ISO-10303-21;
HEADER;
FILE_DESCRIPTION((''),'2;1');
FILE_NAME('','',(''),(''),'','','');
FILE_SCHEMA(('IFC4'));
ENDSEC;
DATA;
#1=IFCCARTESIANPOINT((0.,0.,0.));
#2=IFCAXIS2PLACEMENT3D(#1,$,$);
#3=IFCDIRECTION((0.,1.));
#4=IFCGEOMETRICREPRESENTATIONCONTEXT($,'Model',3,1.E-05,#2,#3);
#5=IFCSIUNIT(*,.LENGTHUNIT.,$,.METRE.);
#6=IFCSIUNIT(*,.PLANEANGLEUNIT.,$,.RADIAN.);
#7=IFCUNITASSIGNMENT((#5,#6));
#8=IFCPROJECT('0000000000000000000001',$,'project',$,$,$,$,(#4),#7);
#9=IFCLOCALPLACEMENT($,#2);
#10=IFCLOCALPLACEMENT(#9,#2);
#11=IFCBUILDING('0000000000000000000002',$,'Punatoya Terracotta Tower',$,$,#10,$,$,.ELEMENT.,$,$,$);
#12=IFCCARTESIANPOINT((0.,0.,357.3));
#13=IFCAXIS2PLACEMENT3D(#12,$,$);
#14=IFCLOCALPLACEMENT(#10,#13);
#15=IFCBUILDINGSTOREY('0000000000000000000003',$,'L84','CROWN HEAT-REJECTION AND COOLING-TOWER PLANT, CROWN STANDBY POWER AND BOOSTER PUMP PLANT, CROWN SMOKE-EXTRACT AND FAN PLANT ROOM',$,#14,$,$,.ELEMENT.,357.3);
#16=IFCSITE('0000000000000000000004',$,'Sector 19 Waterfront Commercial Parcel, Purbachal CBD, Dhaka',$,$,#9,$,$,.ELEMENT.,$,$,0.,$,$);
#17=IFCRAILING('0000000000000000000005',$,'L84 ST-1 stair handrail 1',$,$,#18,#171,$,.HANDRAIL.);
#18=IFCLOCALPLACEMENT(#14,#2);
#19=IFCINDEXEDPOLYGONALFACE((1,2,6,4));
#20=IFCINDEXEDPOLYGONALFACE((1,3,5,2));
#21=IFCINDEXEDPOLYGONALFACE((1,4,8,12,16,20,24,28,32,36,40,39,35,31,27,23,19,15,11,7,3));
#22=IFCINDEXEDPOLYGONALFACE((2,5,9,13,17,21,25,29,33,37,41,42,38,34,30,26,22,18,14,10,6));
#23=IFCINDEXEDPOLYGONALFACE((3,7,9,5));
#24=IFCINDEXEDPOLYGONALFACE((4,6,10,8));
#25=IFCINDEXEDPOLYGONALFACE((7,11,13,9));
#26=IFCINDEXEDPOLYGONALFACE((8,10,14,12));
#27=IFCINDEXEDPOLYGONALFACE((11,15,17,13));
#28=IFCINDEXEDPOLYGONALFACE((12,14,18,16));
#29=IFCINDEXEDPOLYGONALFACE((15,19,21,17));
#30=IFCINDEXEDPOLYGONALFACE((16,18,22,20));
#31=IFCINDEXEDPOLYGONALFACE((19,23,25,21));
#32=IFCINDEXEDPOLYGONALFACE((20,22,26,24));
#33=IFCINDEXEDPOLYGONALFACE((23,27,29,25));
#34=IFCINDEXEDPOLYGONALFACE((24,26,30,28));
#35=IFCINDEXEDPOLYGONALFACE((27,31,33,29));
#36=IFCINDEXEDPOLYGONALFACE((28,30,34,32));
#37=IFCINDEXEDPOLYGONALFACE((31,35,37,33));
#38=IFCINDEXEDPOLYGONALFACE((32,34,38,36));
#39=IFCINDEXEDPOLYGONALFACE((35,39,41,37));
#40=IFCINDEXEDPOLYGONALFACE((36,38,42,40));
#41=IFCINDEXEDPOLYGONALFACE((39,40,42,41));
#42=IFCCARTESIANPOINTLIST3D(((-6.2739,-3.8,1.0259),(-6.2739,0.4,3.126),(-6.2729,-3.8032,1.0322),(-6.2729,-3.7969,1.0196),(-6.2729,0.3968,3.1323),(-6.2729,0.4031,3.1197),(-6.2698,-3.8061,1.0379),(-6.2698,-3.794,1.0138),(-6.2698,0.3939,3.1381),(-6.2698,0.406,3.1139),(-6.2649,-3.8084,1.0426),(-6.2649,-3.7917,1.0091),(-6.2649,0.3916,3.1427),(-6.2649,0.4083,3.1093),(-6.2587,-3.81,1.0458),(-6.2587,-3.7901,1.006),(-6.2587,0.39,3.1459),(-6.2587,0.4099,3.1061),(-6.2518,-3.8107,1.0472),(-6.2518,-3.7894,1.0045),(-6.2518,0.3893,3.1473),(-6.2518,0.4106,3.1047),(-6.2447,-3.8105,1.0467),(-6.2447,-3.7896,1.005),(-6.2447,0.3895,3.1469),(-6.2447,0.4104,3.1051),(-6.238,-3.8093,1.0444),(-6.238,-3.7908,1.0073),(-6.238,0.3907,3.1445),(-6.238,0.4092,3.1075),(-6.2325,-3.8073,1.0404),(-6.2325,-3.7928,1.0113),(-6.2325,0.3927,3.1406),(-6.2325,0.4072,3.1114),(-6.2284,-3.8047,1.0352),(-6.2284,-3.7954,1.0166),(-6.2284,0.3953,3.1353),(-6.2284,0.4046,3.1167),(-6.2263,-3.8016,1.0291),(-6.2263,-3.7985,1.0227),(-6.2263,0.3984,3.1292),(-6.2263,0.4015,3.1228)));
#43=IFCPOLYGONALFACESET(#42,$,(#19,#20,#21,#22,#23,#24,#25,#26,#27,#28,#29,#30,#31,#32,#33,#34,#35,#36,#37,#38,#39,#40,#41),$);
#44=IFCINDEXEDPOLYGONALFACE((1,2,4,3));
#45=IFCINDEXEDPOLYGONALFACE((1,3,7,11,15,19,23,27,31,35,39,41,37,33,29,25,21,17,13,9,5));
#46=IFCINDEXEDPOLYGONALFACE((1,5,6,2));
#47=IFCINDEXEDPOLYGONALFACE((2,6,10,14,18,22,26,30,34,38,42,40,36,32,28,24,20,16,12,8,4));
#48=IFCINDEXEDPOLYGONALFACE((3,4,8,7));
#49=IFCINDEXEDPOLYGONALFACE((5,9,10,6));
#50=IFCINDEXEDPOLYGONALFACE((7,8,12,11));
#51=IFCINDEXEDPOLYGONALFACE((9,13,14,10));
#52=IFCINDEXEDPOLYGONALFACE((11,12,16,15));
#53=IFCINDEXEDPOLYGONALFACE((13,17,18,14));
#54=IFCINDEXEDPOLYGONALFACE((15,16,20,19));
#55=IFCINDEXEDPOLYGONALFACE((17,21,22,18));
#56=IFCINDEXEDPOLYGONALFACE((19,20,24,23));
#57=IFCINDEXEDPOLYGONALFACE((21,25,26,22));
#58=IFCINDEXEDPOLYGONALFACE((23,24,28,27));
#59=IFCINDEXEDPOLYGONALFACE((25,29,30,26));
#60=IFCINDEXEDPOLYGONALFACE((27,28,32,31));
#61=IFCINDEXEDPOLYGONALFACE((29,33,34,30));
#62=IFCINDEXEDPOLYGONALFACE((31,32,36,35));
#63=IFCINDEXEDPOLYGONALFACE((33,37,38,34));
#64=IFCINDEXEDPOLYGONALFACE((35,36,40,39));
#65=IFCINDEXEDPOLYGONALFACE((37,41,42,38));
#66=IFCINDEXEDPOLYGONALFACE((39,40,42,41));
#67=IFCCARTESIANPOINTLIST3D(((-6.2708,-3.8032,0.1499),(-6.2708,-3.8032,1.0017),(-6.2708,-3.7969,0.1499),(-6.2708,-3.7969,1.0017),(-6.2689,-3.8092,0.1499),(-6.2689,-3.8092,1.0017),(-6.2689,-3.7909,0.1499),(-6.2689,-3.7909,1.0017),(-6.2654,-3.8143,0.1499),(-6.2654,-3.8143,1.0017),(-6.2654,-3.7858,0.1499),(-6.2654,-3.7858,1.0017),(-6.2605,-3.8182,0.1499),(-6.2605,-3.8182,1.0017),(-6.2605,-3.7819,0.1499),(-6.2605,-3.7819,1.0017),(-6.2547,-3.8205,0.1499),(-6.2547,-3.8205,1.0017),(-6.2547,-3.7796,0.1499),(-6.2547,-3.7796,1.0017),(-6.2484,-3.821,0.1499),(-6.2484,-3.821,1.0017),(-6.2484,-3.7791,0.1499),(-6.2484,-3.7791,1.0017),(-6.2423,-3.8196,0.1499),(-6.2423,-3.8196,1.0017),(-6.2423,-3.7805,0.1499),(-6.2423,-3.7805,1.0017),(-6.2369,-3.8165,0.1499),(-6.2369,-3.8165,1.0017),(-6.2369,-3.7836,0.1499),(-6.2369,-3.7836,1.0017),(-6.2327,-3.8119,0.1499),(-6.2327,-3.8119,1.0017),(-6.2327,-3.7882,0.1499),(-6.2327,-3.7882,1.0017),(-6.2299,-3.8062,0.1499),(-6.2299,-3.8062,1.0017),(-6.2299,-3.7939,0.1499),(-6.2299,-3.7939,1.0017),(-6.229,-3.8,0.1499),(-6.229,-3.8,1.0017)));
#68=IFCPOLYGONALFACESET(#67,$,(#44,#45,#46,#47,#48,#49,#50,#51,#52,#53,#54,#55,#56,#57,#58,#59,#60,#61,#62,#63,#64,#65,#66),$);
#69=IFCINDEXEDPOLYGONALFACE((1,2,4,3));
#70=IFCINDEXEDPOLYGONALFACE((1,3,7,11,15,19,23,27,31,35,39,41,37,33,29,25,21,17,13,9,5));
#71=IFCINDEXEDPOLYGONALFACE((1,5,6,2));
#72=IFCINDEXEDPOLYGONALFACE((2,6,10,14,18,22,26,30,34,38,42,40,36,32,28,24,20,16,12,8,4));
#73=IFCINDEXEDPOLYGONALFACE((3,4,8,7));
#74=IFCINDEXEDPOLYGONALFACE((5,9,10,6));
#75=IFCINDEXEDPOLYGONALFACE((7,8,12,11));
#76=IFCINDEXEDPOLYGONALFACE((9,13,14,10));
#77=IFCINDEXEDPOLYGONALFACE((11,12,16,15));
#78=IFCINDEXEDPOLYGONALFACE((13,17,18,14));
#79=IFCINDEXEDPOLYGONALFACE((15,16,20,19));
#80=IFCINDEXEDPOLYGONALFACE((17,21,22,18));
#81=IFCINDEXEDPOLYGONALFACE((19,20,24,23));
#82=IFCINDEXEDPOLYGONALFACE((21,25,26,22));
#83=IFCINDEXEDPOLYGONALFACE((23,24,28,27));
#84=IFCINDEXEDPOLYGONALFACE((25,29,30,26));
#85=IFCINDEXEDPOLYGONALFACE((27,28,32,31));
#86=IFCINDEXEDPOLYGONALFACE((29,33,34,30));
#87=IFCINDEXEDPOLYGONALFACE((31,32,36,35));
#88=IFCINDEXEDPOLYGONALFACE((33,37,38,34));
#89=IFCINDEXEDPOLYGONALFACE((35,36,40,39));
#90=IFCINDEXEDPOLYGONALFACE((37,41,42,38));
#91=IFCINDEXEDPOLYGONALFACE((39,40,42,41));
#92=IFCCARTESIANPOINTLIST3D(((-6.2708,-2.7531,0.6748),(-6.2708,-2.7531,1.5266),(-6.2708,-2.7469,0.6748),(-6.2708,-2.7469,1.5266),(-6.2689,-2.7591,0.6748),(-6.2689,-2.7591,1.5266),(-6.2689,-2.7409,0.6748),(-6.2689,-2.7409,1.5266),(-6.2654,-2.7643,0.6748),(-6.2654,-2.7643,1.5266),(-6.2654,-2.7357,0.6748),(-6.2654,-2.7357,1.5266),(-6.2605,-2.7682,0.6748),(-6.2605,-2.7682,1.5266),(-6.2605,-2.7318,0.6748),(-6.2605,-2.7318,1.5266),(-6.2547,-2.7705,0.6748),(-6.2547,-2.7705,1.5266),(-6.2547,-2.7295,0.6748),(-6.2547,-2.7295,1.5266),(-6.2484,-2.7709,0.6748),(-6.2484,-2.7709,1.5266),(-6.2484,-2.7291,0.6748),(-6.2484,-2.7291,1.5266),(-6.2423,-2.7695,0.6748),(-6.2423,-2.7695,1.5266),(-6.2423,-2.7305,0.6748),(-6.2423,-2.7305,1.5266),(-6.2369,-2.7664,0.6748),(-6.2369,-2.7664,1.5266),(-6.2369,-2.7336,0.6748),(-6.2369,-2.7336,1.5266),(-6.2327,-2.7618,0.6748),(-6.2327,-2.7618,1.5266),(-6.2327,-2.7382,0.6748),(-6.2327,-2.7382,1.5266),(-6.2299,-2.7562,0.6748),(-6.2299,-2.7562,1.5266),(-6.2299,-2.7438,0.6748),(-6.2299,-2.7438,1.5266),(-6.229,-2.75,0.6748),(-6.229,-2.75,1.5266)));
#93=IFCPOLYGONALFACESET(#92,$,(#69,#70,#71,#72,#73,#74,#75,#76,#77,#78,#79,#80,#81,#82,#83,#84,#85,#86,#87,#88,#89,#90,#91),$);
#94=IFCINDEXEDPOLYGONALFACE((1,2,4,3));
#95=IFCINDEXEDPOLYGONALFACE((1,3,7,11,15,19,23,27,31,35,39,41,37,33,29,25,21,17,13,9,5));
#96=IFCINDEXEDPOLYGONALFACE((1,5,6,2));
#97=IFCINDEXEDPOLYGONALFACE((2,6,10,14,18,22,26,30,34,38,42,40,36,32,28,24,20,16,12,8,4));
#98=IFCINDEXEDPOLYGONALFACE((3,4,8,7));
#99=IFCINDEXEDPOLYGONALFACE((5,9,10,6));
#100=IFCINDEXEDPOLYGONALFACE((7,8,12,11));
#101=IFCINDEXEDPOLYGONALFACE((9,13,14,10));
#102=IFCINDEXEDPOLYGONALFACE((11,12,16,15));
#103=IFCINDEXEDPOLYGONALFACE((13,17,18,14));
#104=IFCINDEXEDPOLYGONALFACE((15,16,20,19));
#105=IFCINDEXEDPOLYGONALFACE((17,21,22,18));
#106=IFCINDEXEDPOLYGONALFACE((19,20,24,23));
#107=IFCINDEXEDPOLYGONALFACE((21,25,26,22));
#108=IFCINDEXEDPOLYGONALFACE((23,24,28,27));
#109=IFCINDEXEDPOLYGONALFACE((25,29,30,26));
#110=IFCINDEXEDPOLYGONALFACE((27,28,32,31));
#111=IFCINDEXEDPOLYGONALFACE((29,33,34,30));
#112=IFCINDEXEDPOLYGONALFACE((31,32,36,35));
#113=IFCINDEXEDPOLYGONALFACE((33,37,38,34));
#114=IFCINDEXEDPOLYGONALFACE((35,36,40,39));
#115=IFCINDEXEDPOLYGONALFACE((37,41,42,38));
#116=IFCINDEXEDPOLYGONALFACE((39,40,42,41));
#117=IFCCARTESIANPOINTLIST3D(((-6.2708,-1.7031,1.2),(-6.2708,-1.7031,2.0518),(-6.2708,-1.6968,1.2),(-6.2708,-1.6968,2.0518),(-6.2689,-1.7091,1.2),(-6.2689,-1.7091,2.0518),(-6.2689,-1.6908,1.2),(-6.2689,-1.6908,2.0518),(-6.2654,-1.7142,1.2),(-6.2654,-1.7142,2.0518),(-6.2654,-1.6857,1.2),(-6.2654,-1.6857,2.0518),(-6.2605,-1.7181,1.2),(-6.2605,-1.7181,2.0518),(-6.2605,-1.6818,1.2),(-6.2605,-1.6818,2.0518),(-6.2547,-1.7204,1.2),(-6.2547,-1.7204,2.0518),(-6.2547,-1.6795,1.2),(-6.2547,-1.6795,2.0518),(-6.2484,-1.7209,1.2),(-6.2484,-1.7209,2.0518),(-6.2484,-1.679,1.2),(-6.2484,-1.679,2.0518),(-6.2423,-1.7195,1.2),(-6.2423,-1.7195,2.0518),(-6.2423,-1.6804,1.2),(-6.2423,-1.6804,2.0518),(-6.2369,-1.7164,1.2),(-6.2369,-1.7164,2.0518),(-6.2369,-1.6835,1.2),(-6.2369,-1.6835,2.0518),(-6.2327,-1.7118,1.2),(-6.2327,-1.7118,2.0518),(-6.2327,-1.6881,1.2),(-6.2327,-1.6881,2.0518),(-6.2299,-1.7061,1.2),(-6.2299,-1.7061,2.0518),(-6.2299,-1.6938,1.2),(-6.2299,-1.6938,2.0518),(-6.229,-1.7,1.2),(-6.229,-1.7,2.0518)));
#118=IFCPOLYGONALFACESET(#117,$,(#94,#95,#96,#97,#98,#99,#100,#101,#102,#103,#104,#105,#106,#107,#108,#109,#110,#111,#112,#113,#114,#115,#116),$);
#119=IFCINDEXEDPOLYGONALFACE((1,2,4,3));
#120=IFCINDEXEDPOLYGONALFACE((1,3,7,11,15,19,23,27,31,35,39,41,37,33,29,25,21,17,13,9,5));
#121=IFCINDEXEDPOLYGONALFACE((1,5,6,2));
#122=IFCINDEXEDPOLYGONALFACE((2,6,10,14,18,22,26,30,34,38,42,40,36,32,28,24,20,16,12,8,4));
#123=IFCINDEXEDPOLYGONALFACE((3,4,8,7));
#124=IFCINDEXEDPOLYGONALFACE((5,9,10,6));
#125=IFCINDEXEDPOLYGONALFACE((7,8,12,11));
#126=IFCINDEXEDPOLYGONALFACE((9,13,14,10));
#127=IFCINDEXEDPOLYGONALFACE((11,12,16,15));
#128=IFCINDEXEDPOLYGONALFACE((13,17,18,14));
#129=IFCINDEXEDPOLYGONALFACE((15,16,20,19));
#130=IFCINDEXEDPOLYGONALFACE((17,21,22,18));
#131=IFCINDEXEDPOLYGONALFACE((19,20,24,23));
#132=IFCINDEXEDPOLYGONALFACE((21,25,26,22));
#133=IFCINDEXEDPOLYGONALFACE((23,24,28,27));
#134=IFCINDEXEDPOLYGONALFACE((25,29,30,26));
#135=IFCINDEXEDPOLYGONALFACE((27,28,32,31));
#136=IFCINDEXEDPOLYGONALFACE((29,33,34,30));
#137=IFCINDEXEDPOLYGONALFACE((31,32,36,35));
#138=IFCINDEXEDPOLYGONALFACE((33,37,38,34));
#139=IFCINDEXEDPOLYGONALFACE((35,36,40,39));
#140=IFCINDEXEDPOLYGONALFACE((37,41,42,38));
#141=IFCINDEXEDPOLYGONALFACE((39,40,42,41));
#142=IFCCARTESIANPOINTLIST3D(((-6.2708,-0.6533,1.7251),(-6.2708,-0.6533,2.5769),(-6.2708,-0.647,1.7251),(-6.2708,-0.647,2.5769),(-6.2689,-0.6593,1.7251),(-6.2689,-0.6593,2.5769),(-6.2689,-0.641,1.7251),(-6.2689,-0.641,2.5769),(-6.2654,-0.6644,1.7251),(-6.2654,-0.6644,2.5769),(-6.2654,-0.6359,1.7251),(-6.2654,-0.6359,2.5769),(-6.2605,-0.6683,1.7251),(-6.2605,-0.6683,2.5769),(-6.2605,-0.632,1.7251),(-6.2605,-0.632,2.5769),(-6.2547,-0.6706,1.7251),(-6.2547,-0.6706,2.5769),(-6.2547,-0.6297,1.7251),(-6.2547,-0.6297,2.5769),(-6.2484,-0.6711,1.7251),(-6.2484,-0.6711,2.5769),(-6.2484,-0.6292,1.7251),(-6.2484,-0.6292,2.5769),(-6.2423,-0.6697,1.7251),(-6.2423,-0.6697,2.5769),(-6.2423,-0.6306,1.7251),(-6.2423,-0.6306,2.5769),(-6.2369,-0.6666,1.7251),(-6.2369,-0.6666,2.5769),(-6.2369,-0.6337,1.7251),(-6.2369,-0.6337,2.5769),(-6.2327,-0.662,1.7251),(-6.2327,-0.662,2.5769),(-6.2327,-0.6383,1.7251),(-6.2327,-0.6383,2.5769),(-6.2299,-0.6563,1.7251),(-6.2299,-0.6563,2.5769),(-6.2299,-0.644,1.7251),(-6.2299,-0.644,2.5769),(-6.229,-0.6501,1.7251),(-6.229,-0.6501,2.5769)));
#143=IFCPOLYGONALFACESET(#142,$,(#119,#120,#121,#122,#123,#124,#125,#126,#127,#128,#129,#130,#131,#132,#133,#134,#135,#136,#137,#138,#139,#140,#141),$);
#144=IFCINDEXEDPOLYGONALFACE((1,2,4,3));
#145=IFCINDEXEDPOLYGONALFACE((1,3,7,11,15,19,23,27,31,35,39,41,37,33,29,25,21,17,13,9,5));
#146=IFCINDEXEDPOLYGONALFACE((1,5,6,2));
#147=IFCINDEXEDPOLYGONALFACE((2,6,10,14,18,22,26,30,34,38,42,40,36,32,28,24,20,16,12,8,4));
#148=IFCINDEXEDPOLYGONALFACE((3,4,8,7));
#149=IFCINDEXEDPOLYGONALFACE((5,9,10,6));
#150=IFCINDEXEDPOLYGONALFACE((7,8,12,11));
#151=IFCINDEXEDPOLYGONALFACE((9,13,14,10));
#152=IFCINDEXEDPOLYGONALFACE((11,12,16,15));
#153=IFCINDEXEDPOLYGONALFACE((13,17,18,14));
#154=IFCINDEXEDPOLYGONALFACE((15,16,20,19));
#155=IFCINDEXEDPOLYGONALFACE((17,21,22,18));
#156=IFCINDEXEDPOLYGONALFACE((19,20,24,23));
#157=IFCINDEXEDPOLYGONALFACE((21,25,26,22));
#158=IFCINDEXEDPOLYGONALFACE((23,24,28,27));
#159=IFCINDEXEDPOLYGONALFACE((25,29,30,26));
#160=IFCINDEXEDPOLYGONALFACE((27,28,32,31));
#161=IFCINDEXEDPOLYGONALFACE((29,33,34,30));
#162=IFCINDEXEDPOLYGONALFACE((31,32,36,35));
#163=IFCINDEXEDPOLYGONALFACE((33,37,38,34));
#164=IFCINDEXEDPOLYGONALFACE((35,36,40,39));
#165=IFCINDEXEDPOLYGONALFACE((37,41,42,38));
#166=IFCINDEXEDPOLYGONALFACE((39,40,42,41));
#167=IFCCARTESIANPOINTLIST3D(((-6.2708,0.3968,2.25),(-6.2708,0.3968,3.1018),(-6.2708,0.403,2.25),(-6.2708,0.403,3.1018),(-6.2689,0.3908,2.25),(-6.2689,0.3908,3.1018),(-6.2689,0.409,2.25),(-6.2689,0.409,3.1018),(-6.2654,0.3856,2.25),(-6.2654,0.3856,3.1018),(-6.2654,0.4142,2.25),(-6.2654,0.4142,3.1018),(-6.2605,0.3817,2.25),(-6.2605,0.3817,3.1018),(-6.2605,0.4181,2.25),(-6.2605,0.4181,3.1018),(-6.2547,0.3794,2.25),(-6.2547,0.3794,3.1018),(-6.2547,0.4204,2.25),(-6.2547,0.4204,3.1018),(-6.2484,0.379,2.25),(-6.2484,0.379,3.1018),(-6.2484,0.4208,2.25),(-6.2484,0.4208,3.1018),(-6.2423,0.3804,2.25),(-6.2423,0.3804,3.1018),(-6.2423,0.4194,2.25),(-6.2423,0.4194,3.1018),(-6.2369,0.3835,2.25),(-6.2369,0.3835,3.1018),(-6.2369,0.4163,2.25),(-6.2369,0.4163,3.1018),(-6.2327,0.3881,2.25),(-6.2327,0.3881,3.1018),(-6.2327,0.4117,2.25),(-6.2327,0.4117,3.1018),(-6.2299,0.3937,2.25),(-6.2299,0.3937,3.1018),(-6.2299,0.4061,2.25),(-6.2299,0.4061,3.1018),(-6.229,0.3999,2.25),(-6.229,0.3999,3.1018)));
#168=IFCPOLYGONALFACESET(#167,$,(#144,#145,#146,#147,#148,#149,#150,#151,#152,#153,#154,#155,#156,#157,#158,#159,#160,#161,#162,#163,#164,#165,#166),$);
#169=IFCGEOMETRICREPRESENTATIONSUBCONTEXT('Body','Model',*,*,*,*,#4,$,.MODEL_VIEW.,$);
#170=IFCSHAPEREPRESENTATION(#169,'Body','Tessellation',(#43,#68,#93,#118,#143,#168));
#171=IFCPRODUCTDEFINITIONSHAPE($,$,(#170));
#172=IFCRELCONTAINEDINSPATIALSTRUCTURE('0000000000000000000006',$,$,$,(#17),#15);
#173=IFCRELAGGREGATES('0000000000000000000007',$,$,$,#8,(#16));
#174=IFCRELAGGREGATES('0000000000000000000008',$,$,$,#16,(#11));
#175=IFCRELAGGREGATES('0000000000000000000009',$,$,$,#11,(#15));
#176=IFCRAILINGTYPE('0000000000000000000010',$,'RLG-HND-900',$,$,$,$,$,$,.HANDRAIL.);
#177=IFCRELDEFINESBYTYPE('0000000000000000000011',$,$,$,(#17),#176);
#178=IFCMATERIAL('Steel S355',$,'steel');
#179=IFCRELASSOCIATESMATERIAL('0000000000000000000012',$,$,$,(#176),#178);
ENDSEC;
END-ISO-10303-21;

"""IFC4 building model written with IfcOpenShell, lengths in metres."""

from ifc_helpers import new_model, si_unit, direction, frame, origin, origin_2d, place, context, subcontext, project, spatial, circle, extrude, material, type_object, element, save


model = new_model("IFC4")

# Units and contexts
model_context = context("Model", 3, precision=1e-05, world=origin(), true_north=direction((0.0, 1.0)))
body_context = subcontext(model_context, "Body", "Model", "MODEL_VIEW")
ifc_project = project(units=[si_unit("LENGTHUNIT", "METRE"), si_unit("PLANEANGLEUNIT", "RADIAN")], contexts=[model_context])

# Site, building, storey
site_placement = place(None, origin())
site = spatial("IfcSite", under=ifc_project, at=site_placement, Name="Sector 19 Waterfront Commercial Parcel, Purbachal CBD, Dhaka", CompositionType="ELEMENT", RefElevation=0.0)
building_placement = place(site_placement, origin())
building = spatial("IfcBuilding", under=site, at=building_placement, Name="Punatoya Terracotta Tower", CompositionType="ELEMENT")
storey_placement = place(building_placement, frame((0.0, 0.0, 357.3)))
storey = spatial("IfcBuildingStorey", under=building, at=storey_placement, Name="L84", Description="CROWN HEAT-REJECTION AND COOLING-TOWER PLANT, CROWN STANDBY POWER AND BOOSTER PUMP PLANT, CROWN SMOKE-EXTRACT AND FAN PLANT ROOM", CompositionType="ELEMENT", Elevation=357.3)

# Railing
ifc_material_1 = material(Name="Steel S355", Category="steel")
railing_type_1 = type_object("IfcRailingType", Name="RLG-HND-900", PredefinedType="HANDRAIL", material=ifc_material_1)
railing_1_placement = place(storey_placement, frame((-6.25, -3.8, 0.1499)))
element("IfcRailing", 1, at=railing_1_placement, inside=storey, type_object=railing_type_1, Name="L84 ST-1 stair handrail 1", PredefinedType="HANDRAIL", context=body_context, shape_type="SweptSolid", body=[
    extrude(circle(Radius=0.0239, at=origin_2d()), frame((0.0, 0.0, 0.876), z_axis=(0.0, 0.894417, 0.447234), x_axis=(-1.0, 0.0, 0.0)), (0.0, 0.0, 1.0), 4.6958),
    extrude(circle(Radius=0.021, at=origin_2d()), origin(), (0.0, 0.0, 1.0), 0.8518),
    extrude(circle(Radius=0.021, at=origin_2d()), frame((0.0, 1.05, 0.5249)), (0.0, 0.0, 1.0), 0.8518),
    extrude(circle(Radius=0.021, at=origin_2d()), frame((0.0, 2.1001, 1.05)), (0.0, 0.0, 1.0), 0.8518),
    extrude(circle(Radius=0.021, at=origin_2d()), frame((0.0, 3.1499, 1.5752)), (0.0, 0.0, 1.0), 0.8518),
    extrude(circle(Radius=0.021, at=origin_2d()), frame((0.0, 4.2, 2.1001)), (0.0, 0.0, 1.0), 0.8518),
])

save(model, "model.ifc")
